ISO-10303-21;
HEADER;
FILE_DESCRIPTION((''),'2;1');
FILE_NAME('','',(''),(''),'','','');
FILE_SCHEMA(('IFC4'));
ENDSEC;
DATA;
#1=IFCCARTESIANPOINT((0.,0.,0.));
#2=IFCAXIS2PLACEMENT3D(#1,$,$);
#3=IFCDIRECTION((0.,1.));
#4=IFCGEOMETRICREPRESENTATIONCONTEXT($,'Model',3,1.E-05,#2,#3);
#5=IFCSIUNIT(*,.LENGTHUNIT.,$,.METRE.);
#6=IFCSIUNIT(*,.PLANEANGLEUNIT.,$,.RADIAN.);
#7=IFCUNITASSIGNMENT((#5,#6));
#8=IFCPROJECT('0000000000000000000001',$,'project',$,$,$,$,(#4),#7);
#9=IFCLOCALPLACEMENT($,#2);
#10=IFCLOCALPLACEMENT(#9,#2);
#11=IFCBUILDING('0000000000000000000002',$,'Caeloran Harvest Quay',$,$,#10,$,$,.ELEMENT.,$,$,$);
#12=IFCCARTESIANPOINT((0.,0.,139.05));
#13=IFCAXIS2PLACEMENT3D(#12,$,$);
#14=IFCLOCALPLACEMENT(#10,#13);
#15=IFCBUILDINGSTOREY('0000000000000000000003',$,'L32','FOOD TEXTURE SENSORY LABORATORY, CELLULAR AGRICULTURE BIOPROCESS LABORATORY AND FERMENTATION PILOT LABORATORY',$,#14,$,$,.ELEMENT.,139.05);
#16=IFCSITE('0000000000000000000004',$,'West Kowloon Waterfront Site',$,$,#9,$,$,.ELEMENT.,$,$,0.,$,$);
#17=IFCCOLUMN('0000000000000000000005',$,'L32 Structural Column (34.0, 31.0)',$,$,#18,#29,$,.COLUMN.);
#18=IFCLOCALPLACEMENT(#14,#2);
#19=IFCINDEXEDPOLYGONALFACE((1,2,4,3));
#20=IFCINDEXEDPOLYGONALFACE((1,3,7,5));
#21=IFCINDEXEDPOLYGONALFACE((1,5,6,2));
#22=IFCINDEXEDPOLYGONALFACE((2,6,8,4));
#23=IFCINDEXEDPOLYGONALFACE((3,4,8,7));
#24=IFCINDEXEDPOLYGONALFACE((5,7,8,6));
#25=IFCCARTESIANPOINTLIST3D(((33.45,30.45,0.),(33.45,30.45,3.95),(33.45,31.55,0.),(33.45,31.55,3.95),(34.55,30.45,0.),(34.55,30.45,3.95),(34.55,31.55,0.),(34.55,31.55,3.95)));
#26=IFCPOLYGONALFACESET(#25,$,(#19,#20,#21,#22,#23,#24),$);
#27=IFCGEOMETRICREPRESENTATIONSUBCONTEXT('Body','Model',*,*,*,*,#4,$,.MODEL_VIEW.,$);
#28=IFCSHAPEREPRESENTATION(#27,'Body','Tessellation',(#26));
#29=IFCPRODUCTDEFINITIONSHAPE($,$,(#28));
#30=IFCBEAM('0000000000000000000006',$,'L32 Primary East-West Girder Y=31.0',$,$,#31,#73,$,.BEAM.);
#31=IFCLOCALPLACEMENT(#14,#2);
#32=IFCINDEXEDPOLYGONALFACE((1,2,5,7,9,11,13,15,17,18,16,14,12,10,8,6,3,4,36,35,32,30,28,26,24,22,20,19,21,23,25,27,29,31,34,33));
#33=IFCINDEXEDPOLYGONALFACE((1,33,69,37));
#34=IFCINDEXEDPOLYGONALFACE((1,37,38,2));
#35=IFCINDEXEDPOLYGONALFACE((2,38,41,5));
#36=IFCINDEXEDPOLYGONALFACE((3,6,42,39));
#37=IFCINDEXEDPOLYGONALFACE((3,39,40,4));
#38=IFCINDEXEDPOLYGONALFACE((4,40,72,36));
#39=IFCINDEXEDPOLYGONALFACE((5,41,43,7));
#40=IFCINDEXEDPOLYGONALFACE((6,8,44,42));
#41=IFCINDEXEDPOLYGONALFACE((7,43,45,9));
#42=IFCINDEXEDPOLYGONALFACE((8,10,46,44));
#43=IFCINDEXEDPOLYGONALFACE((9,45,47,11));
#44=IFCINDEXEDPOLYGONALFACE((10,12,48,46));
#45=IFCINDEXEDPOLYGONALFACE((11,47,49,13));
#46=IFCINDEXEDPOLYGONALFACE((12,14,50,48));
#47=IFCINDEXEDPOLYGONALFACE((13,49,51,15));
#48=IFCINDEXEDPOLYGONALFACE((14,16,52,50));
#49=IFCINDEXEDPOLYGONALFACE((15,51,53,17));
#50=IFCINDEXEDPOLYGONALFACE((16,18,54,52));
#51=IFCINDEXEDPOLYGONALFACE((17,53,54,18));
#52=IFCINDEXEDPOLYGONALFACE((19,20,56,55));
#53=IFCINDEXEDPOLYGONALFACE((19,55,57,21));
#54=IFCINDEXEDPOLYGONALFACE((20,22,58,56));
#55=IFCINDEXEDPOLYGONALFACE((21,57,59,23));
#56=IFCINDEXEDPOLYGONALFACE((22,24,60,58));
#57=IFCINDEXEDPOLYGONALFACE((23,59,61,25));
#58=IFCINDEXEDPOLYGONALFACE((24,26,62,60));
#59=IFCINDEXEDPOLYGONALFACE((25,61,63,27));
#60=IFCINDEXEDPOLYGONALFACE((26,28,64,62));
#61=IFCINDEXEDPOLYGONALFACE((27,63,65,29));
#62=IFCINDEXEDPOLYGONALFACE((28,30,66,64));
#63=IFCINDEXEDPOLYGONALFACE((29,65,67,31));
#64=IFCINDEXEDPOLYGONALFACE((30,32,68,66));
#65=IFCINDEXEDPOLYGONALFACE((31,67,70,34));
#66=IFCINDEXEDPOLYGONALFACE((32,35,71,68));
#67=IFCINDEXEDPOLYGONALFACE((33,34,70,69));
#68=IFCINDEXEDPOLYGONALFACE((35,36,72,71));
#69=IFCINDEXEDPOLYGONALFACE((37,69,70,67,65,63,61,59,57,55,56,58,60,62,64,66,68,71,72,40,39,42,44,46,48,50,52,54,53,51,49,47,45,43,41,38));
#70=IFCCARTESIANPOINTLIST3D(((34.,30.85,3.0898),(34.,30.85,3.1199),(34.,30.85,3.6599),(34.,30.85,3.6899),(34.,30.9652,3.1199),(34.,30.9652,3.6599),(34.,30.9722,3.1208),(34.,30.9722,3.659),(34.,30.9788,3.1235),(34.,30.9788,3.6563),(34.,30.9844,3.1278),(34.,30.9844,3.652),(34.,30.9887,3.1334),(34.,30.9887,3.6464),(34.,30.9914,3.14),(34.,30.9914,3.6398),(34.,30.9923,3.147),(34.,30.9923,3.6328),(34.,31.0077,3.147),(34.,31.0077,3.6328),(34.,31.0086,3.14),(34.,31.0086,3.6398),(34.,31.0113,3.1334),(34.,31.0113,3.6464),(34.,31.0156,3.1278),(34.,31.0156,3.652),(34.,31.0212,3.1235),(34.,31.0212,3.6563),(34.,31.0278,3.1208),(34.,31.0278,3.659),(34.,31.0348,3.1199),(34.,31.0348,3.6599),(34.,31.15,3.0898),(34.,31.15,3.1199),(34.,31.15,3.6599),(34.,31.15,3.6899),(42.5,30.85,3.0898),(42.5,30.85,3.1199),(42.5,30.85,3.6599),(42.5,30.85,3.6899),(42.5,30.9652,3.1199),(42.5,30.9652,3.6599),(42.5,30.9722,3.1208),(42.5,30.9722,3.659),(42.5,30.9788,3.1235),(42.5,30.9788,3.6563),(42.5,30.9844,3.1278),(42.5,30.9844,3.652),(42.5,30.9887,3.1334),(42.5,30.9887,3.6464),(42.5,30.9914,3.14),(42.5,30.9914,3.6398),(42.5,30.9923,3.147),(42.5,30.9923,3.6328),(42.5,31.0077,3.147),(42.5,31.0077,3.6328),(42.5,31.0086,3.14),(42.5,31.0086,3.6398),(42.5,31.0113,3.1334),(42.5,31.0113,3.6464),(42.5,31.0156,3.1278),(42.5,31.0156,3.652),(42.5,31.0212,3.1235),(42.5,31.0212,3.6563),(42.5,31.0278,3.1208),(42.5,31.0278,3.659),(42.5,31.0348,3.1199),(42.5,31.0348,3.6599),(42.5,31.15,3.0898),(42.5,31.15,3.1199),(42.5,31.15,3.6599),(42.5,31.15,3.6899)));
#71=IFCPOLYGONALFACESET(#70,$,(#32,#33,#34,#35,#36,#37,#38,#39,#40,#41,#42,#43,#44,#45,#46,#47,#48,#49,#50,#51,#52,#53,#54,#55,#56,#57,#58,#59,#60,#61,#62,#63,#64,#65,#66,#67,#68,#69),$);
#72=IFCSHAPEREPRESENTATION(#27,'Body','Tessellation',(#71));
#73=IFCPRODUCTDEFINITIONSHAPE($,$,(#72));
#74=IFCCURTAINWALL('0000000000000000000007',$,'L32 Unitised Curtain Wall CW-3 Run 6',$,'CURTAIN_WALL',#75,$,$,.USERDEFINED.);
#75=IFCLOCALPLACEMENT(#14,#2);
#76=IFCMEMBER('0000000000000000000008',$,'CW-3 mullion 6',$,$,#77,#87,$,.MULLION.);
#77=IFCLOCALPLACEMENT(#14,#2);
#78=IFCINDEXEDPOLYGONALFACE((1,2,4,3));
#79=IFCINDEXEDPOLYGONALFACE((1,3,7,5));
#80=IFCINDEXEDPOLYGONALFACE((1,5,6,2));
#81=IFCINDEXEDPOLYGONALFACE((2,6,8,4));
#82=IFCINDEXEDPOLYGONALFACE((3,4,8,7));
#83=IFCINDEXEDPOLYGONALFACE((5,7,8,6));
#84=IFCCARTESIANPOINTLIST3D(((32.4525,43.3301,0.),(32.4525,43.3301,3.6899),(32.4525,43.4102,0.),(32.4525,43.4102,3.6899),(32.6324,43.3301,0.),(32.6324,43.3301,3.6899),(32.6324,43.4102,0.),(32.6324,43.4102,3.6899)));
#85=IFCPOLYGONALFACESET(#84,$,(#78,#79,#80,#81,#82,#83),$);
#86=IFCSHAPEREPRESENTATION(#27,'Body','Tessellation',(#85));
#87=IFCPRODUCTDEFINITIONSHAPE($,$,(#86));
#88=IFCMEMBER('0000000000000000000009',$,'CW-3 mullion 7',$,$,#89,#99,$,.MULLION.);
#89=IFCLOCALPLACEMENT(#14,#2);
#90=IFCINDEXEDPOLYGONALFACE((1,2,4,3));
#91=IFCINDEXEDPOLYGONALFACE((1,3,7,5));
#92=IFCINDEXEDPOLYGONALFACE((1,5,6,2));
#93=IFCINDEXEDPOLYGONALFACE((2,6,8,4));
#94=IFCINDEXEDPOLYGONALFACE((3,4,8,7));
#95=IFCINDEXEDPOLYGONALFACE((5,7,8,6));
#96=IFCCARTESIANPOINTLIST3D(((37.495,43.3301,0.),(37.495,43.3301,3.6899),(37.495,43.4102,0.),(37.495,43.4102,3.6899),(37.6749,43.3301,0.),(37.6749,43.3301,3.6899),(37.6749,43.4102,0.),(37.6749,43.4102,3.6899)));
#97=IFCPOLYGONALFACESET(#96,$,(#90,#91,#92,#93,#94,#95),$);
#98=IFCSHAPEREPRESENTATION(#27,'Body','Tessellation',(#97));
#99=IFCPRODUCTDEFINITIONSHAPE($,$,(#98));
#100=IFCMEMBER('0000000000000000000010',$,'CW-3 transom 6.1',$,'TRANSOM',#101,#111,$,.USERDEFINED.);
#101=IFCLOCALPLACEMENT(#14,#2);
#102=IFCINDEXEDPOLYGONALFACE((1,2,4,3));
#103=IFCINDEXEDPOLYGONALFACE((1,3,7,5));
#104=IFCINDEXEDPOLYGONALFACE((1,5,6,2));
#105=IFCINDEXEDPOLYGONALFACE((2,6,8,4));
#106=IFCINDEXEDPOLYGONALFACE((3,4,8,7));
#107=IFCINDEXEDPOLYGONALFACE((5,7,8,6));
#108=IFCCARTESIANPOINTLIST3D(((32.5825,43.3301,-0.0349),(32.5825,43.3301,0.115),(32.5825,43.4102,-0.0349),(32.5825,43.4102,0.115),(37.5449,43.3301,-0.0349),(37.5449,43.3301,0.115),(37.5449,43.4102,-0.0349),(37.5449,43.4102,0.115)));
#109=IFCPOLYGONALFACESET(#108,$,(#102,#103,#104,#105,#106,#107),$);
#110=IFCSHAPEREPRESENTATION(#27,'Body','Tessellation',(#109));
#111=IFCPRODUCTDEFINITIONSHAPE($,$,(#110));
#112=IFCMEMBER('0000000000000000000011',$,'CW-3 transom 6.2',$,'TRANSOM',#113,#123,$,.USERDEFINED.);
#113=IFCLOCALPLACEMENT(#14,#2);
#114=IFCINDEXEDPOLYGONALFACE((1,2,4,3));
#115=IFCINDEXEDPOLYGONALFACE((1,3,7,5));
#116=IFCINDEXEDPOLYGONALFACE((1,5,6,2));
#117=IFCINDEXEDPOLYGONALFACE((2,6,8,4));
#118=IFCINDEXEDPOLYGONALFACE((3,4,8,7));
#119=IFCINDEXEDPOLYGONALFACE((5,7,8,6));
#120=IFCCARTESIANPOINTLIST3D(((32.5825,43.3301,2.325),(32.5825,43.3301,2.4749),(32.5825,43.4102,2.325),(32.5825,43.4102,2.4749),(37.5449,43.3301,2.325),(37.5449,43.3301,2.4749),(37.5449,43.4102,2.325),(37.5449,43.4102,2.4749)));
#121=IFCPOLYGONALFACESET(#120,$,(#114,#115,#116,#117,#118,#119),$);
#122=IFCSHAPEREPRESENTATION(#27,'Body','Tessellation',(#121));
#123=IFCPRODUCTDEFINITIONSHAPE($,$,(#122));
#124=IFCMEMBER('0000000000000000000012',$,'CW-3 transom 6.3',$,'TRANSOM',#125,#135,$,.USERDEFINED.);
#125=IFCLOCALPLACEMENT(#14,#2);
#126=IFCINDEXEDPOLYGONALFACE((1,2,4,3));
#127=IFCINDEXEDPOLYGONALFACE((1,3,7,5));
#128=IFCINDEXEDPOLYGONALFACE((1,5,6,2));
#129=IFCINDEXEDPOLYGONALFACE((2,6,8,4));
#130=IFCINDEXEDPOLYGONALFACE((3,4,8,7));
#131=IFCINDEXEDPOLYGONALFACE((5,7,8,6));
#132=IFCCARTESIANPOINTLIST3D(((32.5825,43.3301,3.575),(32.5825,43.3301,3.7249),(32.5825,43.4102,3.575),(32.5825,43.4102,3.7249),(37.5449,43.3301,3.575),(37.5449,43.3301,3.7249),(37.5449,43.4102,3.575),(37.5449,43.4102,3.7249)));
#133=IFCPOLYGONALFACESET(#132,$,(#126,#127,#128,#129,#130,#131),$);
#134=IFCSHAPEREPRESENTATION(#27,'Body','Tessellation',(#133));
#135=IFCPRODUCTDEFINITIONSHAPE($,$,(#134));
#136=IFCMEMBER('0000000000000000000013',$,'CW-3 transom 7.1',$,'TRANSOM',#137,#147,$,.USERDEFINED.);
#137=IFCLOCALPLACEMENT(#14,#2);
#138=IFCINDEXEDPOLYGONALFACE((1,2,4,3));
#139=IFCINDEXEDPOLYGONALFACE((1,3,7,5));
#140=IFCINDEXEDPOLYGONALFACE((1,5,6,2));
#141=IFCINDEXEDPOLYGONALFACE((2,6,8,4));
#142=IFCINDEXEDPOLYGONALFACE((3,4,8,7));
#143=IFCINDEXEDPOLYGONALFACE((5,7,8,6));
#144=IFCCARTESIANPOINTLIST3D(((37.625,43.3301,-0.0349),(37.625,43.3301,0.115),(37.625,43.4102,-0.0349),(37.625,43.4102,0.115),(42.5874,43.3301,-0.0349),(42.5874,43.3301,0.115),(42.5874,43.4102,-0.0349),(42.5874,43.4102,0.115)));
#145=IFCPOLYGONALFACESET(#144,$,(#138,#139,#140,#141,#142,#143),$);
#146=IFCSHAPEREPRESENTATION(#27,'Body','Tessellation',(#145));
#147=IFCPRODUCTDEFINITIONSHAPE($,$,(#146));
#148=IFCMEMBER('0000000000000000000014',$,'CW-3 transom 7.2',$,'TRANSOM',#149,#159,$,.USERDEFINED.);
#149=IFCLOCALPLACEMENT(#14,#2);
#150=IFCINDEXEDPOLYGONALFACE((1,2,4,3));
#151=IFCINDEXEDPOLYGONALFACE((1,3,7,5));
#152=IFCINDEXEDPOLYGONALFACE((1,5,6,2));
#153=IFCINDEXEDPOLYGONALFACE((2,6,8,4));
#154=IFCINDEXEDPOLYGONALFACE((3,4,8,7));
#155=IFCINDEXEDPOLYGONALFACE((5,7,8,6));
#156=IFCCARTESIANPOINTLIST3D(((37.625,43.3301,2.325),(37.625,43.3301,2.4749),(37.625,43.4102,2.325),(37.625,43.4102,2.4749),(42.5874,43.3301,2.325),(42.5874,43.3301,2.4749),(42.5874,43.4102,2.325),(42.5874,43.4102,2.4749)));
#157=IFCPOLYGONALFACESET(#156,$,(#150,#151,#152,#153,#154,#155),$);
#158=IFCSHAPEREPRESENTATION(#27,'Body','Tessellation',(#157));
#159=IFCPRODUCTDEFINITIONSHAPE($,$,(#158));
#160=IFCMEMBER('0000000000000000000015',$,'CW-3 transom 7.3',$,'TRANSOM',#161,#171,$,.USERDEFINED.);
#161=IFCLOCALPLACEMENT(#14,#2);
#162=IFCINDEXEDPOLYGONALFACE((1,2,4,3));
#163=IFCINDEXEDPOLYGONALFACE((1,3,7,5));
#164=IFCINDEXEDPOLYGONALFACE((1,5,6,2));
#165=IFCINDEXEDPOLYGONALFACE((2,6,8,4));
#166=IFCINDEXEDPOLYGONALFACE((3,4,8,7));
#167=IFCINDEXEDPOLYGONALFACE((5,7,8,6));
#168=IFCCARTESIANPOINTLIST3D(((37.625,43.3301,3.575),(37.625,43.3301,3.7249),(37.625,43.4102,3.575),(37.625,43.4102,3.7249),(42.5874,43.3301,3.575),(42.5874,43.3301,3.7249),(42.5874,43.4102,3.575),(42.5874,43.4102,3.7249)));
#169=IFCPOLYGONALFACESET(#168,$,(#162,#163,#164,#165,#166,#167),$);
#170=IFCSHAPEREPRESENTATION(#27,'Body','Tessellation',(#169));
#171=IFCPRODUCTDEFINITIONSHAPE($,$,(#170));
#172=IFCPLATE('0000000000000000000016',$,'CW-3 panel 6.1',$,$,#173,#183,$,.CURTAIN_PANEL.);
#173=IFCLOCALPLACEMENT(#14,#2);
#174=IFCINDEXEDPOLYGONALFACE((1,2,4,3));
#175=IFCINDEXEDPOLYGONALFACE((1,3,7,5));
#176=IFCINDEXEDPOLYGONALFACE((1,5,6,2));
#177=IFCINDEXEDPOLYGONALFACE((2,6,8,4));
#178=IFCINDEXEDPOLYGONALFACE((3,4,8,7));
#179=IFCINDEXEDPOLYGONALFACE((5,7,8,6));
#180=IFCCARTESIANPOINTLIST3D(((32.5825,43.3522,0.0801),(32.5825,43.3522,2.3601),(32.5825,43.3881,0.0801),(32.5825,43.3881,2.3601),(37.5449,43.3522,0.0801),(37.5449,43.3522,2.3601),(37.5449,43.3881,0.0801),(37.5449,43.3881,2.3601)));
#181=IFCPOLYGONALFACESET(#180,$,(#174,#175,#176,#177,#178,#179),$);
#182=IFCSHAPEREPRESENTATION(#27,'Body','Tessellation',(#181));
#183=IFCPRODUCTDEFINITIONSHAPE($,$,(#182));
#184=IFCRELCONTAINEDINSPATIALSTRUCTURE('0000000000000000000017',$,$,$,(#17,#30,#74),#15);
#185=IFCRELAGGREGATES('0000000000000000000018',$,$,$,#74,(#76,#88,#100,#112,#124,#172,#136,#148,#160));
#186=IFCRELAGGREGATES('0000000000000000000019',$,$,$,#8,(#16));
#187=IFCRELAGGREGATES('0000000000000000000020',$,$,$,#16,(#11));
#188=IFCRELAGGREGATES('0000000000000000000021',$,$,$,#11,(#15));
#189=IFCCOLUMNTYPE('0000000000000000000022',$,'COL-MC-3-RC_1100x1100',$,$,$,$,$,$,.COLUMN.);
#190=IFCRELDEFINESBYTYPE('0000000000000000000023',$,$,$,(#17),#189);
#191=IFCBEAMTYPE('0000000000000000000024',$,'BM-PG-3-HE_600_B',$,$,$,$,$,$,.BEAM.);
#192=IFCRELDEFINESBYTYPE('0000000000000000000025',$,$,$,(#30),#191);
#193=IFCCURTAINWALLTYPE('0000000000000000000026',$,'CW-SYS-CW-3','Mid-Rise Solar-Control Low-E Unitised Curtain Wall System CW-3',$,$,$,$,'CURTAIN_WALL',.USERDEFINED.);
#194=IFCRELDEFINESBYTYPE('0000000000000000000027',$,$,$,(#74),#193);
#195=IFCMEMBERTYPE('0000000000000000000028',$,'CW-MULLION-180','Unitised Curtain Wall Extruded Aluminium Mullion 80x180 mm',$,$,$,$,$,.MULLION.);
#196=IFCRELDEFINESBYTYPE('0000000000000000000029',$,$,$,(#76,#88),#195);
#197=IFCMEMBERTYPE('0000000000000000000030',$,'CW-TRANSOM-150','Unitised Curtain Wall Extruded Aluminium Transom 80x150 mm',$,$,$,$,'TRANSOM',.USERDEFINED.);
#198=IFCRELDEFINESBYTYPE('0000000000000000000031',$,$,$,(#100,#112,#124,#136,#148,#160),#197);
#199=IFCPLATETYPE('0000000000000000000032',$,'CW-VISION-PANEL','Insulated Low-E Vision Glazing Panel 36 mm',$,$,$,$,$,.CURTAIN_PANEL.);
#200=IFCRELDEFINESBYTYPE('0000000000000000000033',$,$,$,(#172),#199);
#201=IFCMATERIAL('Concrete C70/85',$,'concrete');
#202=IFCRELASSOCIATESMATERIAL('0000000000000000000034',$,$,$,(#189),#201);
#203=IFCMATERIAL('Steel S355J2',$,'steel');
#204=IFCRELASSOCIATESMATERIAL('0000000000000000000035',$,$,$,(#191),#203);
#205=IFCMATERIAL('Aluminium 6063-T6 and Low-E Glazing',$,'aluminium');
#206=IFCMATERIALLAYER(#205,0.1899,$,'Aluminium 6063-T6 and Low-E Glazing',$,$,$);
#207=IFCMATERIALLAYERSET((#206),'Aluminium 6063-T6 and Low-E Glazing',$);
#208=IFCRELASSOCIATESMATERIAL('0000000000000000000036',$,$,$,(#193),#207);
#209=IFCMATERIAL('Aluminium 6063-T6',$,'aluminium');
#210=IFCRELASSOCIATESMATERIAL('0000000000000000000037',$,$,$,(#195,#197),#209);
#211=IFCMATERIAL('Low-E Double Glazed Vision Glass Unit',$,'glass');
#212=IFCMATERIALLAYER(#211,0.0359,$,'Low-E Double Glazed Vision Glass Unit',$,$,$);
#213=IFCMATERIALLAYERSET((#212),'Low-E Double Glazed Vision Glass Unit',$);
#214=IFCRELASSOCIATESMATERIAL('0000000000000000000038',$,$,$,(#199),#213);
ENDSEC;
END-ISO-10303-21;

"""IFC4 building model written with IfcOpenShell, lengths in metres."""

from ifc_helpers import new_model, si_unit, direction, frame, origin, origin_2d, place, context, subcontext, project, spatial, rectangle, i_section, extrude, material, layer, layer_set, material_profile, profile_set, type_object, element, aggregate, save


model = new_model("IFC4")

# Units and contexts
model_context = context("Model", 3, precision=1e-05, world=origin(), true_north=direction((0.0, 1.0)))
body_context = subcontext(model_context, "Body", "Model", "MODEL_VIEW")
ifc_project = project(units=[si_unit("LENGTHUNIT", "METRE"), si_unit("PLANEANGLEUNIT", "RADIAN")], contexts=[model_context])

# Site, building, storey
site_placement = place(None, origin())
site = spatial("IfcSite", under=ifc_project, at=site_placement, Name="West Kowloon Waterfront Site", CompositionType="ELEMENT", RefElevation=0.0)
building_placement = place(site_placement, origin())
building = spatial("IfcBuilding", under=site, at=building_placement, Name="Caeloran Harvest Quay", CompositionType="ELEMENT")
storey_placement = place(building_placement, frame((0.0, 0.0, 139.05)))
storey = spatial("IfcBuildingStorey", under=building, at=storey_placement, Name="L32", Description="FOOD TEXTURE SENSORY LABORATORY, CELLULAR AGRICULTURE BIOPROCESS LABORATORY AND FERMENTATION PILOT LABORATORY", CompositionType="ELEMENT", Elevation=139.05)

# Column
ifc_material_1 = material(Name="Concrete C70/85", Category="concrete")
ifc_material_profile_1 = material_profile(ifc_material_1, rectangle(XDim=1.1001, YDim=1.1001, at=origin_2d()), Name="RC 1100x1100")
ifc_profile_set_1 = profile_set([ifc_material_profile_1], Name="Concrete C70/85")
column_type = type_object("IfcColumnType", Name="COL-MC-3-RC_1100x1100", PredefinedType="COLUMN", material=ifc_profile_set_1)
column_placement = place(storey_placement, frame((34.0, 31.0, 0.0), z_axis=(0.0, 0.0, 1.0), x_axis=(1.0, 0.0, 0.0)))
element("IfcColumn", 1, at=column_placement, inside=storey, type_object=column_type, Name="L32 Structural Column (34.0, 31.0)", PredefinedType="COLUMN", context=body_context, shape_type="SweptSolid", body=[
    extrude(rectangle(XDim=1.1001, YDim=1.1001, at=origin_2d()), origin(), (0.0, 0.0, 1.0), 3.95),
])

# Beam
ifc_material_2 = material(Name="Steel S355J2", Category="steel")
ifc_material_profile_2 = material_profile(ifc_material_2, i_section(OverallWidth=0.3, OverallDepth=0.6001, WebThickness=0.0154, FlangeThickness=0.03, FilletRadius=0.0271, at=origin_2d()), Name="HE 600 B")
ifc_profile_set_2 = profile_set([ifc_material_profile_2], Name="Steel S355J2")
beam_type = type_object("IfcBeamType", Name="BM-PG-3-HE_600_B", PredefinedType="BEAM", material=ifc_profile_set_2)
beam_placement = place(storey_placement, frame((34.0, 31.0, 3.3899), z_axis=(1.0, 0.0, 0.0), x_axis=(0.0, 1.0, 0.0)))
element("IfcBeam", 2, at=beam_placement, inside=storey, type_object=beam_type, Name="L32 Primary East-West Girder Y=31.0", PredefinedType="BEAM", context=body_context, shape_type="SweptSolid", body=[
    extrude(i_section(OverallWidth=0.3, OverallDepth=0.6001, WebThickness=0.0154, FlangeThickness=0.03, FilletRadius=0.0271, at=origin_2d()), origin(), (0.0, 0.0, 1.0), 8.5),
])

# Curtain wall, members, plate
ifc_material_3 = material(Name="Aluminium 6063-T6 and Low-E Glazing", Category="aluminium")
ifc_layer_1 = layer(ifc_material_3, 0.1899, Name="Aluminium 6063-T6 and Low-E Glazing")
ifc_layer_set_1 = layer_set([ifc_layer_1], Name="Aluminium 6063-T6 and Low-E Glazing")
curtain_wall_type = type_object("IfcCurtainWallType", Name="CW-SYS-CW-3", Description="Mid-Rise Solar-Control Low-E Unitised Curtain Wall System CW-3", ElementType="CURTAIN_WALL", PredefinedType="USERDEFINED", material=ifc_layer_set_1)
curtain_wall_placement = place(storey_placement, origin())
curtain_wall = element("IfcCurtainWall", 3, at=curtain_wall_placement, inside=storey, type_object=curtain_wall_type, Name="L32 Unitised Curtain Wall CW-3 Run 6", ObjectType="CURTAIN_WALL", PredefinedType="USERDEFINED")
ifc_material_4 = material(Name="Aluminium 6063-T6", Category="aluminium")
ifc_material_profile_3 = material_profile(ifc_material_4, rectangle(XDim=0.0801, YDim=0.1799, at=origin_2d()), Name="CW-MULLION-180")
ifc_profile_set_3 = profile_set([ifc_material_profile_3], Name="Aluminium 6063-T6")
member_type_1 = type_object("IfcMemberType", Name="CW-MULLION-180", Description="Unitised Curtain Wall Extruded Aluminium Mullion 80x180 mm", PredefinedType="MULLION", material=ifc_profile_set_3)
member_1_placement = place(storey_placement, frame((32.5425, 43.3701, 0.0), z_axis=(0.0, 0.0, 1.0), x_axis=(0.0, 1.0, 0.0)))
member_1 = element("IfcMember", 4, at=member_1_placement, type_object=member_type_1, Name="CW-3 mullion 6", PredefinedType="MULLION", context=body_context, shape_type="SweptSolid", body=[
    extrude(rectangle(XDim=0.0801, YDim=0.1799, at=origin_2d()), origin(), (0.0, 0.0, 1.0), 3.6899),
])
member_2_placement = place(storey_placement, frame((37.585, 43.3701, 0.0), z_axis=(0.0, 0.0, 1.0), x_axis=(0.0, 1.0, 0.0)))
member_2 = element("IfcMember", 5, at=member_2_placement, type_object=member_type_1, Name="CW-3 mullion 7", PredefinedType="MULLION", context=body_context, shape_type="SweptSolid", body=[
    extrude(rectangle(XDim=0.0801, YDim=0.1799, at=origin_2d()), origin(), (0.0, 0.0, 1.0), 3.6899),
])
ifc_material_profile_4 = material_profile(ifc_material_4, rectangle(XDim=0.0801, YDim=0.1499, at=origin_2d()), Name="CW-TRANSOM-150")
ifc_profile_set_4 = profile_set([ifc_material_profile_4], Name="Aluminium 6063-T6")
member_type_2 = type_object("IfcMemberType", Name="CW-TRANSOM-150", Description="Unitised Curtain Wall Extruded Aluminium Transom 80x150 mm", ElementType="TRANSOM", PredefinedType="USERDEFINED", material=ifc_profile_set_4)
member_3_placement = place(storey_placement, frame((32.5825, 43.3701, 0.04), z_axis=(1.0, 0.0, 0.0), x_axis=(0.0, 1.0, 0.0)))
member_3 = element("IfcMember", 6, at=member_3_placement, type_object=member_type_2, Name="CW-3 transom 6.1", ObjectType="TRANSOM", PredefinedType="USERDEFINED", context=body_context, shape_type="SweptSolid", body=[
    extrude(rectangle(XDim=0.0801, YDim=0.1499, at=origin_2d()), origin(), (0.0, 0.0, 1.0), 4.9624),
])
member_4_placement = place(storey_placement, frame((32.5825, 43.3701, 2.3999), z_axis=(1.0, 0.0, 0.0), x_axis=(0.0, 1.0, 0.0)))
member_4 = element("IfcMember", 7, at=member_4_placement, type_object=member_type_2, Name="CW-3 transom 6.2", ObjectType="TRANSOM", PredefinedType="USERDEFINED", context=body_context, shape_type="SweptSolid", body=[
    extrude(rectangle(XDim=0.0801, YDim=0.1499, at=origin_2d()), origin(), (0.0, 0.0, 1.0), 4.9624),
])
member_5_placement = place(storey_placement, frame((32.5825, 43.3701, 3.6499), z_axis=(1.0, 0.0, 0.0), x_axis=(0.0, 1.0, 0.0)))
member_5 = element("IfcMember", 8, at=member_5_placement, type_object=member_type_2, Name="CW-3 transom 6.3", ObjectType="TRANSOM", PredefinedType="USERDEFINED", context=body_context, shape_type="SweptSolid", body=[
    extrude(rectangle(XDim=0.0801, YDim=0.1499, at=origin_2d()), origin(), (0.0, 0.0, 1.0), 4.9624),
])
member_6_placement = place(storey_placement, frame((37.625, 43.3701, 0.04), z_axis=(1.0, 0.0, 0.0), x_axis=(0.0, 1.0, 0.0)))
member_6 = element("IfcMember", 9, at=member_6_placement, type_object=member_type_2, Name="CW-3 transom 7.1", ObjectType="TRANSOM", PredefinedType="USERDEFINED", context=body_context, shape_type="SweptSolid", body=[
    extrude(rectangle(XDim=0.0801, YDim=0.1499, at=origin_2d()), origin(), (0.0, 0.0, 1.0), 4.9624),
])
member_7_placement = place(storey_placement, frame((37.625, 43.3701, 2.3999), z_axis=(1.0, 0.0, 0.0), x_axis=(0.0, 1.0, 0.0)))
member_7 = element("IfcMember", 10, at=member_7_placement, type_object=member_type_2, Name="CW-3 transom 7.2", ObjectType="TRANSOM", PredefinedType="USERDEFINED", context=body_context, shape_type="SweptSolid", body=[
    extrude(rectangle(XDim=0.0801, YDim=0.1499, at=origin_2d()), origin(), (0.0, 0.0, 1.0), 4.9624),
])
member_8_placement = place(storey_placement, frame((37.625, 43.3701, 3.6499), z_axis=(1.0, 0.0, 0.0), x_axis=(0.0, 1.0, 0.0)))
member_8 = element("IfcMember", 11, at=member_8_placement, type_object=member_type_2, Name="CW-3 transom 7.3", ObjectType="TRANSOM", PredefinedType="USERDEFINED", context=body_context, shape_type="SweptSolid", body=[
    extrude(rectangle(XDim=0.0801, YDim=0.1499, at=origin_2d()), origin(), (0.0, 0.0, 1.0), 4.9624),
])
ifc_material_5 = material(Name="Low-E Double Glazed Vision Glass Unit", Category="glass")
ifc_layer_2 = layer(ifc_material_5, 0.0359, Name="Low-E Double Glazed Vision Glass Unit")
ifc_layer_set_2 = layer_set([ifc_layer_2], Name="Low-E Double Glazed Vision Glass Unit")
plate_type = type_object("IfcPlateType", Name="CW-VISION-PANEL", Description="Insulated Low-E Vision Glazing Panel 36 mm", PredefinedType="CURTAIN_PANEL", material=ifc_layer_set_2)
plate_1_placement = place(storey_placement, frame((35.0637, 43.3701, 0.0801), z_axis=(0.0, 0.0, 1.0), x_axis=(1.0, 0.0, 0.0)))
plate_1 = element("IfcPlate", 12, at=plate_1_placement, type_object=plate_type, Name="CW-3 panel 6.1", PredefinedType="CURTAIN_PANEL", context=body_context, shape_type="SweptSolid", body=[
    extrude(rectangle(XDim=4.9624, YDim=0.0359, at=origin_2d()), origin(), (0.0, 0.0, 1.0), 2.28),
])
aggregate(curtain_wall, [member_1, member_2, member_3, member_4, member_5, plate_1, member_6, member_7, member_8])

save(model, "model.ifc")
